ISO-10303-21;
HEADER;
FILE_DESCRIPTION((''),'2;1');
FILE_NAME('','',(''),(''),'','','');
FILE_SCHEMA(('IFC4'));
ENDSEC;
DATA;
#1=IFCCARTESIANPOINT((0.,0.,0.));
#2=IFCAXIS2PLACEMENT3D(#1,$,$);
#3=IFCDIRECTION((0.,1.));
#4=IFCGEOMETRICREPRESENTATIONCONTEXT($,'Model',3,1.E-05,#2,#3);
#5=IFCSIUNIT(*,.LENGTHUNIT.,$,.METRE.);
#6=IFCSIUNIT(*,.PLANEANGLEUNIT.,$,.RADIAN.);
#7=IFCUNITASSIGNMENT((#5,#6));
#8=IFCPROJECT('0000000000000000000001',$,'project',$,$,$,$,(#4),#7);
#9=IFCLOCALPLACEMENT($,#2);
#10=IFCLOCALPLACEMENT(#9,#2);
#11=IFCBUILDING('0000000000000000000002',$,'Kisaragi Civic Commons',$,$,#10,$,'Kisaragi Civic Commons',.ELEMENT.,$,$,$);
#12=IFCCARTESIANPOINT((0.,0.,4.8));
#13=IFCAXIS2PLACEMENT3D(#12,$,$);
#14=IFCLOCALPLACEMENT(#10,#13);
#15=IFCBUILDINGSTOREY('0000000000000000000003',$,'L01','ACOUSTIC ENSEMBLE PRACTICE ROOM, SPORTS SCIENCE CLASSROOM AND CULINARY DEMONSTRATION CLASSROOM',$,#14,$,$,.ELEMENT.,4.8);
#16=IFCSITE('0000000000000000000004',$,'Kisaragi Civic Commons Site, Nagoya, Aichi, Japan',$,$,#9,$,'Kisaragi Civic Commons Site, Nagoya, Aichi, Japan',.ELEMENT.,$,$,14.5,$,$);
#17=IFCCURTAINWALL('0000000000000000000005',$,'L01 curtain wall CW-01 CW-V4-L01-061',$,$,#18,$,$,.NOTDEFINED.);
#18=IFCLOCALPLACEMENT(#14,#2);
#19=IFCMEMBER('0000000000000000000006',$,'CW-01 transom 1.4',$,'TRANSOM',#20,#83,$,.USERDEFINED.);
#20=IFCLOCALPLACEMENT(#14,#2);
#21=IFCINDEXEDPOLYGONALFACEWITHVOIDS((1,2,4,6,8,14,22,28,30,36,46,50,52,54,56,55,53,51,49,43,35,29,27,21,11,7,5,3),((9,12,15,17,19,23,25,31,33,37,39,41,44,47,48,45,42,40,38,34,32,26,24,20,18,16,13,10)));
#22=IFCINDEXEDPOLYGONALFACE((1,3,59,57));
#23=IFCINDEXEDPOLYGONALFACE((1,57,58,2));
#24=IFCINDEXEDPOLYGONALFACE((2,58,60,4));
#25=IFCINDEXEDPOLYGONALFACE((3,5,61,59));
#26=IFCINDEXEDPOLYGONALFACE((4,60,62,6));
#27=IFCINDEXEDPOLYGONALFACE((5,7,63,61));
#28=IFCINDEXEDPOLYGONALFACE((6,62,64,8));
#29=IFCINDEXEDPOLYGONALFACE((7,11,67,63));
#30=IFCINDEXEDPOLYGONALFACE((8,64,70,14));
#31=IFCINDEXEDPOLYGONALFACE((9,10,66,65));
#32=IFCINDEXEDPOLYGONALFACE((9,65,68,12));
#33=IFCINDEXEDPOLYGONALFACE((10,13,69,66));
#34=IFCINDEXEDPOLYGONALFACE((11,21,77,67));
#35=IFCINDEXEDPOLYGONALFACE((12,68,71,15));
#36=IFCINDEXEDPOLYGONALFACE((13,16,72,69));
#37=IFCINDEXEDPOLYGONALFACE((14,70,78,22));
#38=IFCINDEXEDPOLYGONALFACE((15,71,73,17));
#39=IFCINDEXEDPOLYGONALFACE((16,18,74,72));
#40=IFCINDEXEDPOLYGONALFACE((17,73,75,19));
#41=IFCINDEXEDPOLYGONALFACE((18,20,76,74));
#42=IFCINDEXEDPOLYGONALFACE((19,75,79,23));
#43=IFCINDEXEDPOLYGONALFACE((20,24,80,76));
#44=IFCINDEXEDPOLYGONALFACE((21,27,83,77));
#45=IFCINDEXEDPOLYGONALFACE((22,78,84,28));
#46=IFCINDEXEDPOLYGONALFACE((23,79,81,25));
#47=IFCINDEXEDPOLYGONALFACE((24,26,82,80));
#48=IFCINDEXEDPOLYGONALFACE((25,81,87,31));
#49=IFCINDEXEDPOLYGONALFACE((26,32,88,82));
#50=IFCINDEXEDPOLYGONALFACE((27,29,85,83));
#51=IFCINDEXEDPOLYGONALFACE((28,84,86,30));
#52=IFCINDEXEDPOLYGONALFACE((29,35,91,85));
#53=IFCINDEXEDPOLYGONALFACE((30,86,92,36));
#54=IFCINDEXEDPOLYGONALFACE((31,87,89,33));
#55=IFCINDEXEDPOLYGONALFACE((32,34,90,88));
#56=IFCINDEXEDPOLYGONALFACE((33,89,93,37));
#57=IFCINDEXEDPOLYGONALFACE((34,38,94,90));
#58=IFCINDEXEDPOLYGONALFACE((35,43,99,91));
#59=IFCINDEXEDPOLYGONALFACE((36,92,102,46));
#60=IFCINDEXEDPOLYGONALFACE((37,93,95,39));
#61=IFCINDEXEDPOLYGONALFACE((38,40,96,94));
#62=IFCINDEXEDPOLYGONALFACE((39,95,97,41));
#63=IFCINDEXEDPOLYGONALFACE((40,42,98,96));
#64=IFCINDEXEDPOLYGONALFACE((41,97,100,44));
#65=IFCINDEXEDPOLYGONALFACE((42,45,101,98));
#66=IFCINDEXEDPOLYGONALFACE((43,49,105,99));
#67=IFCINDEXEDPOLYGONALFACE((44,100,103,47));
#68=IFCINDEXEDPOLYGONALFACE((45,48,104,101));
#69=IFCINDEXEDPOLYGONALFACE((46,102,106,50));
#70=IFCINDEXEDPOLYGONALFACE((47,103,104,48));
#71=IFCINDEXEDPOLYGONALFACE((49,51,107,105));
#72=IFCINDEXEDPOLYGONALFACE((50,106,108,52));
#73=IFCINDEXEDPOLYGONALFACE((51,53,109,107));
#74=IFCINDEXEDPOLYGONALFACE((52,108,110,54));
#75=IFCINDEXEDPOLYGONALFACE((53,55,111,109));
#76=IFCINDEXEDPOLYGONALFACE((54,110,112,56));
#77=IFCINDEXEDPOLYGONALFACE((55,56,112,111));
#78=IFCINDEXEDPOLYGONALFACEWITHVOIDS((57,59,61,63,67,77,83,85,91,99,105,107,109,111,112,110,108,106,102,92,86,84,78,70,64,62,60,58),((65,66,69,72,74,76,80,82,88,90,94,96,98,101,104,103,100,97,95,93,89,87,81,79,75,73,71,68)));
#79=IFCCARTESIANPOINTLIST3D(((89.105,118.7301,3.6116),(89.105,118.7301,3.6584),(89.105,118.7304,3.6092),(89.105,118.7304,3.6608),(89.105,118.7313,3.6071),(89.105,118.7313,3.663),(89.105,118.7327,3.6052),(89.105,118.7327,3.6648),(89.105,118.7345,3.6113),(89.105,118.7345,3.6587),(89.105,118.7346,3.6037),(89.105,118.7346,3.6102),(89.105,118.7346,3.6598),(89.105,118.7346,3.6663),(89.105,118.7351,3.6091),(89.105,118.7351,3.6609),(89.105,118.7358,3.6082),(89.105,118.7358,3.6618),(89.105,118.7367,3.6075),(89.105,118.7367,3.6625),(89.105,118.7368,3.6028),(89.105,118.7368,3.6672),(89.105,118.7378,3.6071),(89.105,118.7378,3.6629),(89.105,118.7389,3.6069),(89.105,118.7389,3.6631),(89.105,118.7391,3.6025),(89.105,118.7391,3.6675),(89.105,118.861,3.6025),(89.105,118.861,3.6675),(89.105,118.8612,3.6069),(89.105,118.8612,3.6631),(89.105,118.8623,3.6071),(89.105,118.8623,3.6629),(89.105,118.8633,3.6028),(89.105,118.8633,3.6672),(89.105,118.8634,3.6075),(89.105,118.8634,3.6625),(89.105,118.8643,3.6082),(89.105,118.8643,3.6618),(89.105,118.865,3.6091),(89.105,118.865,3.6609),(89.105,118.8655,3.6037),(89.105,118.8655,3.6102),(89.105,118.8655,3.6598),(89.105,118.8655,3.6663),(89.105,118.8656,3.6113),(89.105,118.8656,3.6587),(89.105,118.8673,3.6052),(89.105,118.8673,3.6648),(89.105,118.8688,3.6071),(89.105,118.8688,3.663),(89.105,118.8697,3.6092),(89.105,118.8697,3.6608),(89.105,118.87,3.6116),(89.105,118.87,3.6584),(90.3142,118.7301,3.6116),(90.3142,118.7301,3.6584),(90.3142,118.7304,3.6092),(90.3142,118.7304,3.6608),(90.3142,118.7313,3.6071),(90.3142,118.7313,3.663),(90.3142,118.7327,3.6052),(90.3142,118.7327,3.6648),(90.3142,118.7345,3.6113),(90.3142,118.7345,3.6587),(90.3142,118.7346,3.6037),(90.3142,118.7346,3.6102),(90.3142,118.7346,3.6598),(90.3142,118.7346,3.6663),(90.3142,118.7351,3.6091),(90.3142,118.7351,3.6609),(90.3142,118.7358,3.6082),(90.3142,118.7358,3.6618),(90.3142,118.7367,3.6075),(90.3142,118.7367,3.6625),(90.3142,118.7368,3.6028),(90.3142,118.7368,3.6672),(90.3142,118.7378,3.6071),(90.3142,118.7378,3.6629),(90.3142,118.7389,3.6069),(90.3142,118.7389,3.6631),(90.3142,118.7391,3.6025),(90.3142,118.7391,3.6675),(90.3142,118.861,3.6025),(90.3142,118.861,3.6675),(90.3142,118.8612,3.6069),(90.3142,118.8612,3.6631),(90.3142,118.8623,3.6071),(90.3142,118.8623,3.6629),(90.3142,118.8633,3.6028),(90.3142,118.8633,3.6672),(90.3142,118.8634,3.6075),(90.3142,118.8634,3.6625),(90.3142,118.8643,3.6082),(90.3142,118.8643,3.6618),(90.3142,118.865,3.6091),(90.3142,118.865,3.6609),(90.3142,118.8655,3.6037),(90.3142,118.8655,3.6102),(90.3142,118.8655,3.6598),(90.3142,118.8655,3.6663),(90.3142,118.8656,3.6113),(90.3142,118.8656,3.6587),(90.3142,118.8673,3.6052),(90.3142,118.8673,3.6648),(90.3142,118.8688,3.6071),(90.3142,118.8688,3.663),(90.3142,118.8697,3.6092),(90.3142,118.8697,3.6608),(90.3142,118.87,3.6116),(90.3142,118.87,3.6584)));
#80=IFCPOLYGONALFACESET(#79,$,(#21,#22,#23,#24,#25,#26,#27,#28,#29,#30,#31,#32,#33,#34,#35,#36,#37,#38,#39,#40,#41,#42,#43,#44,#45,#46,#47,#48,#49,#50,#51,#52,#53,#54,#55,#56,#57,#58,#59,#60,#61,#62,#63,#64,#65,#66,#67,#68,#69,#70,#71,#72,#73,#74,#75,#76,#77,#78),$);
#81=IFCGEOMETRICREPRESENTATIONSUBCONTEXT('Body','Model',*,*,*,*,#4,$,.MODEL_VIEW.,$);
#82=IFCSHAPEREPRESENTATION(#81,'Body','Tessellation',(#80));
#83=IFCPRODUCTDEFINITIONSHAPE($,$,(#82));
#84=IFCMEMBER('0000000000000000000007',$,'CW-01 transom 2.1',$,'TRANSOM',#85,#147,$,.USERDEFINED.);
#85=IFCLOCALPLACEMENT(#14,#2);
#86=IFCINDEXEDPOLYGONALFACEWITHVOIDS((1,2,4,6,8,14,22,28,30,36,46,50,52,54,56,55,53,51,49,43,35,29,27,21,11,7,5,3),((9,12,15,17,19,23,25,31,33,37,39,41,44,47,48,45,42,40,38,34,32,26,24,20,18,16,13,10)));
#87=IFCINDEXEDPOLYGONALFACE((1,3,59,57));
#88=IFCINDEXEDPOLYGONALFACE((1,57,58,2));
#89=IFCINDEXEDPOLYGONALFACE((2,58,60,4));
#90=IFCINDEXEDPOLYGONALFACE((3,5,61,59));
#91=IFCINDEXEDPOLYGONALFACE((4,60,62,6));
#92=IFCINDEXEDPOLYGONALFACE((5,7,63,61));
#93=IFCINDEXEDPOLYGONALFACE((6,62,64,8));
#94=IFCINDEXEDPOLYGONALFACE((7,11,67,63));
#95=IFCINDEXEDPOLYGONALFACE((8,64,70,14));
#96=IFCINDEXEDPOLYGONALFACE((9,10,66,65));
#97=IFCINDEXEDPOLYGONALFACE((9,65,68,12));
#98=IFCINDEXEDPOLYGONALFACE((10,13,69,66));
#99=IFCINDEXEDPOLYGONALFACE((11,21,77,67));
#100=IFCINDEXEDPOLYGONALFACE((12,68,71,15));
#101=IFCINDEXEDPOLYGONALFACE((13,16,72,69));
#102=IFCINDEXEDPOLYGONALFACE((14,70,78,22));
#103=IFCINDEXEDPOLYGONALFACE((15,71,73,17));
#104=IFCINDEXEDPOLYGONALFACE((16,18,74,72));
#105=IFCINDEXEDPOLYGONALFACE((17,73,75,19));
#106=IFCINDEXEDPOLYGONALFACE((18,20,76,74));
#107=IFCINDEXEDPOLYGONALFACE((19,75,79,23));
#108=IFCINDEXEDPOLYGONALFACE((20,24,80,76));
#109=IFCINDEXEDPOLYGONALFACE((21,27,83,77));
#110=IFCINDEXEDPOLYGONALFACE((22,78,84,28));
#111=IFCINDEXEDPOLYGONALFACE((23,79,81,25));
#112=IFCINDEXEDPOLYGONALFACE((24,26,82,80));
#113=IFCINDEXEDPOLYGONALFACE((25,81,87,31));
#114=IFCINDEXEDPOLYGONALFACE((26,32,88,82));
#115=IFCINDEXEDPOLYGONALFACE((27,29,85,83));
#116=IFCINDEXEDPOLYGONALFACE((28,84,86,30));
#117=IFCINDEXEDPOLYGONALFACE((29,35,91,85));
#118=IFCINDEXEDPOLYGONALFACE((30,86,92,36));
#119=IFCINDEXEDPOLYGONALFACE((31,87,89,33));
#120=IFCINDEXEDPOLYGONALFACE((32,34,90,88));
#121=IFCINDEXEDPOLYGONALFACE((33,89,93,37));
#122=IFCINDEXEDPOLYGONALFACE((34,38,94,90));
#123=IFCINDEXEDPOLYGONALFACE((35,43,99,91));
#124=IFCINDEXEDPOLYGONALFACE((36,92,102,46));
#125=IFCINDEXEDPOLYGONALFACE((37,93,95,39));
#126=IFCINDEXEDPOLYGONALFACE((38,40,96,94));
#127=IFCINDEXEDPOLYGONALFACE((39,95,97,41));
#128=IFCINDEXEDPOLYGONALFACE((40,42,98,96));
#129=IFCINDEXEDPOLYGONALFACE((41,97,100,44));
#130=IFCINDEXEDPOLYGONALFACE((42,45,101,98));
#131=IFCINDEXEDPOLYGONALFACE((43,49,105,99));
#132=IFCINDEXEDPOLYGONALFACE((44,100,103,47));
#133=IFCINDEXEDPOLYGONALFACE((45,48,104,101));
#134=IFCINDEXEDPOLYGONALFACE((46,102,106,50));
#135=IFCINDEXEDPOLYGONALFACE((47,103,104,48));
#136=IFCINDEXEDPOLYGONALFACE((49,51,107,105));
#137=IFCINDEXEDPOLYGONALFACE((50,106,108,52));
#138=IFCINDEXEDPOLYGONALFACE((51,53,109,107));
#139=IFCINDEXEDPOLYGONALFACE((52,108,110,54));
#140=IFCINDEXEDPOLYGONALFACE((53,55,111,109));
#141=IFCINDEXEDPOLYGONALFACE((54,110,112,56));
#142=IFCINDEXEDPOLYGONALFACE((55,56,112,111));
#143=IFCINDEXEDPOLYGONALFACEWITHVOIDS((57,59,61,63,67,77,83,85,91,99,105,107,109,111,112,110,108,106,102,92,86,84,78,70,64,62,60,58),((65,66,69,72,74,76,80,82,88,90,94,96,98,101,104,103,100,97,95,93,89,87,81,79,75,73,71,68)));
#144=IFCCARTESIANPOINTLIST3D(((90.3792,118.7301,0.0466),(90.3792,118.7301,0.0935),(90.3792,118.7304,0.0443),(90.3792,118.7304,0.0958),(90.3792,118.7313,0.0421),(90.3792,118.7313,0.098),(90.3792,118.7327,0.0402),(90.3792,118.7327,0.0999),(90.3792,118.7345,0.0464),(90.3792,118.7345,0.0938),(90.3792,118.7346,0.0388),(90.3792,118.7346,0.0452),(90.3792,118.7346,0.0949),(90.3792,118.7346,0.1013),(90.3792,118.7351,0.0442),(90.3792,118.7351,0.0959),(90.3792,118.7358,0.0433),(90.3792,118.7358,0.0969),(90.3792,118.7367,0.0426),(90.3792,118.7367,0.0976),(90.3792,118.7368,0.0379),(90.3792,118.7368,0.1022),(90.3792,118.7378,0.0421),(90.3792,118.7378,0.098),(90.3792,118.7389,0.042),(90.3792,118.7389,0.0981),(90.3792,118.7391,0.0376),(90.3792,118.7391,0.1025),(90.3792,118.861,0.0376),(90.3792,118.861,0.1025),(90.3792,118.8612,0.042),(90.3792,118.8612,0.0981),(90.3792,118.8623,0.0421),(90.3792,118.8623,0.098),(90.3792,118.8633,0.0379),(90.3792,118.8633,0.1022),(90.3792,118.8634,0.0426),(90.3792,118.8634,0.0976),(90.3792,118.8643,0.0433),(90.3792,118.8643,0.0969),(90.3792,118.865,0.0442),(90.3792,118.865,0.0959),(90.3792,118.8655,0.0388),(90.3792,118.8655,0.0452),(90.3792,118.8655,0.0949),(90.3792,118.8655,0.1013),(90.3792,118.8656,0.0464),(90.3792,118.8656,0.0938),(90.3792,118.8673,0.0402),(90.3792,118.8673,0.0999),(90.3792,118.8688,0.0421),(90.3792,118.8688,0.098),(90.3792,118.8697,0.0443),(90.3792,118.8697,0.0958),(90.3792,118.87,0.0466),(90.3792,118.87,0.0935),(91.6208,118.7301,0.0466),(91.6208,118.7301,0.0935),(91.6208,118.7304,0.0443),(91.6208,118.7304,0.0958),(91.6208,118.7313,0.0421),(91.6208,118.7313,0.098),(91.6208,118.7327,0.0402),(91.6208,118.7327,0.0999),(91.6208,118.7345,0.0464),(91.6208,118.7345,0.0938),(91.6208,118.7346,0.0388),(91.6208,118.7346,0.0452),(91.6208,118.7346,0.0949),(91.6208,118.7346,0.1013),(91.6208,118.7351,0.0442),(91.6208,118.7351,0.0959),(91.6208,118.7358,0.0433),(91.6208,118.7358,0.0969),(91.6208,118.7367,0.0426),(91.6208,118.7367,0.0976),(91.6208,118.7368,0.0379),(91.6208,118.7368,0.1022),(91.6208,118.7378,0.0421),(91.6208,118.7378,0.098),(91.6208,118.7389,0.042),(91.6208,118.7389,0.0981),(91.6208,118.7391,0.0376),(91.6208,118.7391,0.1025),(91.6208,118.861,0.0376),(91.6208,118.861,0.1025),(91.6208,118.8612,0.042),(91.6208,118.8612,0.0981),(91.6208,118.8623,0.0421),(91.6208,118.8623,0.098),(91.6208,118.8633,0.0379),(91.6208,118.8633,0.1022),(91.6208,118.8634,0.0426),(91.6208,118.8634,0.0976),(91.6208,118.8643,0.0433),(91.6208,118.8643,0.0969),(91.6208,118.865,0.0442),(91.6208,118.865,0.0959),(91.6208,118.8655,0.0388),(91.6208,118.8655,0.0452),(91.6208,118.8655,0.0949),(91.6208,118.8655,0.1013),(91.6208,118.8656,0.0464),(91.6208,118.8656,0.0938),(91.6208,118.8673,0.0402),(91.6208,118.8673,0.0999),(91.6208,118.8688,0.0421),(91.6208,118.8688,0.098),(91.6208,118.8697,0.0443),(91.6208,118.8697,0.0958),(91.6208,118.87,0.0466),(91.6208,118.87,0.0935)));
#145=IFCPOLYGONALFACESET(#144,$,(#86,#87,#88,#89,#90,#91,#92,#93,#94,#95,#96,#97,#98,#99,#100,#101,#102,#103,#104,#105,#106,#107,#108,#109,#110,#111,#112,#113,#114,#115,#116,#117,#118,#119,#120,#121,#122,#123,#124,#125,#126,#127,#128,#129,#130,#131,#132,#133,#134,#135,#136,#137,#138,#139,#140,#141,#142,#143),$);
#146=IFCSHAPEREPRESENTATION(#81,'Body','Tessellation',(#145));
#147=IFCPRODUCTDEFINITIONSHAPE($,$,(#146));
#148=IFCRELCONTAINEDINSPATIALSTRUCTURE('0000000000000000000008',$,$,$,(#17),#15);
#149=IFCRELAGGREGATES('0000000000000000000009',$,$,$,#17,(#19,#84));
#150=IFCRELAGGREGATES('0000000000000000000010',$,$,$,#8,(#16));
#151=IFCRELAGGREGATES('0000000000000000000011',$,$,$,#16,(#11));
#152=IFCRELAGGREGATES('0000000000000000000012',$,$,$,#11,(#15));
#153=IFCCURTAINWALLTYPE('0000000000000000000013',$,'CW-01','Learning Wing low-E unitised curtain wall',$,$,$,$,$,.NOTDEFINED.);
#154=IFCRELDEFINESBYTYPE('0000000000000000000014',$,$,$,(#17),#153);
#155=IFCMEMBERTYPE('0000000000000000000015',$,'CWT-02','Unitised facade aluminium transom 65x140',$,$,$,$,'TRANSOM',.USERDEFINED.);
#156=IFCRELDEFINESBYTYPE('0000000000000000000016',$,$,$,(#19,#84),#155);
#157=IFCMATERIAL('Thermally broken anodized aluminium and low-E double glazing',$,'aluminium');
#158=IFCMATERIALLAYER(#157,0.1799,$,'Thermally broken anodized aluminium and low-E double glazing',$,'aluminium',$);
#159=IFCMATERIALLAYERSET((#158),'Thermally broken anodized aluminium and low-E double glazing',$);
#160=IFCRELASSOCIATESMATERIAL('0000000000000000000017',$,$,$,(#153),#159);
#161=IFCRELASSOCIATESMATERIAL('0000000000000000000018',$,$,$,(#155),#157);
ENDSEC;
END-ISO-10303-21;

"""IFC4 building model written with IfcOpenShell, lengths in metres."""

from ifc_helpers import new_model, si_unit, direction, frame, origin, origin_2d, place, context, subcontext, project, spatial, hollow_rectangle, extrude, material, layer, layer_set, material_profile, profile_set, type_object, element, aggregate, save


model = new_model("IFC4")

# Units and contexts
model_context = context("Model", 3, precision=1e-05, world=origin(), true_north=direction((0.0, 1.0)))
body_context = subcontext(model_context, "Body", "Model", "MODEL_VIEW")
ifc_project = project(units=[si_unit("LENGTHUNIT", "METRE"), si_unit("PLANEANGLEUNIT", "RADIAN")], contexts=[model_context])

# Site, building, storey
site_placement = place(None, origin())
site = spatial("IfcSite", under=ifc_project, at=site_placement, Name="Kisaragi Civic Commons Site, Nagoya, Aichi, Japan", LongName="Kisaragi Civic Commons Site, Nagoya, Aichi, Japan", CompositionType="ELEMENT", RefElevation=14.5)
building_placement = place(site_placement, origin())
building = spatial("IfcBuilding", under=site, at=building_placement, Name="Kisaragi Civic Commons", LongName="Kisaragi Civic Commons", CompositionType="ELEMENT")
storey_placement = place(building_placement, frame((0.0, 0.0, 4.8)))
storey = spatial("IfcBuildingStorey", under=building, at=storey_placement, Name="L01", Description="ACOUSTIC ENSEMBLE PRACTICE ROOM, SPORTS SCIENCE CLASSROOM AND CULINARY DEMONSTRATION CLASSROOM", CompositionType="ELEMENT", Elevation=4.8)

# Curtain wall, members
ifc_material_1 = material(Name="Thermally broken anodized aluminium and low-E double glazing", Category="aluminium")
ifc_layer_1 = layer(ifc_material_1, 0.1799, Name="Thermally broken anodized aluminium and low-E double glazing", Category="aluminium")
ifc_layer_set_1 = layer_set([ifc_layer_1], Name="Thermally broken anodized aluminium and low-E double glazing")
curtain_wall_type = type_object("IfcCurtainWallType", Name="CW-01", Description="Learning Wing low-E unitised curtain wall", PredefinedType="NOTDEFINED", material=ifc_layer_set_1)
curtain_wall_placement = place(storey_placement, origin())
curtain_wall = element("IfcCurtainWall", 1, at=curtain_wall_placement, inside=storey, type_object=curtain_wall_type, Name="L01 curtain wall CW-01 CW-V4-L01-061", PredefinedType="NOTDEFINED")
ifc_material_profile_1 = material_profile(ifc_material_1, hollow_rectangle(XDim=0.1399, YDim=0.0649, WallThickness=0.0044, InnerFilletRadius=0.0044, OuterFilletRadius=0.009, at=origin_2d()), Name="CWT-65x140x4.5", Category="aluminium")
ifc_profile_set_1 = profile_set([ifc_material_profile_1], Name="Thermally broken anodized aluminium and low-E double glazing")
member_type_1 = type_object("IfcMemberType", Name="CWT-02", Description="Unitised facade aluminium transom 65x140", ElementType="TRANSOM", PredefinedType="USERDEFINED", material=ifc_profile_set_1)
member_1_placement = place(storey_placement, frame((89.105, 118.8, 3.635), z_axis=(1.0, 0.0, 0.0), x_axis=(0.0, 1.0, 0.0)))
member_1 = element("IfcMember", 2, at=member_1_placement, type_object=member_type_1, Name="CW-01 transom 1.4", ObjectType="TRANSOM", PredefinedType="USERDEFINED", context=body_context, shape_type="SweptSolid", body=[
    extrude(hollow_rectangle(XDim=0.1399, YDim=0.0649, WallThickness=0.0044, InnerFilletRadius=0.0044, OuterFilletRadius=0.009, at=origin_2d()), origin(), (0.0, 0.0, 1.0), 1.2092),
])
member_2_placement = place(storey_placement, frame((90.3792, 118.8, 0.0701), z_axis=(1.0, 0.0, 0.0), x_axis=(0.0, 1.0, 0.0)))
member_2 = element("IfcMember", 3, at=member_2_placement, type_object=member_type_1, Name="CW-01 transom 2.1", ObjectType="TRANSOM", PredefinedType="USERDEFINED", context=body_context, shape_type="SweptSolid", body=[
    extrude(hollow_rectangle(XDim=0.1399, YDim=0.0649, WallThickness=0.0044, InnerFilletRadius=0.0044, OuterFilletRadius=0.009, at=origin_2d()), origin(), (0.0, 0.0, 1.0), 1.2417),
])

aggregate(curtain_wall, [member_1, member_2])

save(model, "model.ifc")
